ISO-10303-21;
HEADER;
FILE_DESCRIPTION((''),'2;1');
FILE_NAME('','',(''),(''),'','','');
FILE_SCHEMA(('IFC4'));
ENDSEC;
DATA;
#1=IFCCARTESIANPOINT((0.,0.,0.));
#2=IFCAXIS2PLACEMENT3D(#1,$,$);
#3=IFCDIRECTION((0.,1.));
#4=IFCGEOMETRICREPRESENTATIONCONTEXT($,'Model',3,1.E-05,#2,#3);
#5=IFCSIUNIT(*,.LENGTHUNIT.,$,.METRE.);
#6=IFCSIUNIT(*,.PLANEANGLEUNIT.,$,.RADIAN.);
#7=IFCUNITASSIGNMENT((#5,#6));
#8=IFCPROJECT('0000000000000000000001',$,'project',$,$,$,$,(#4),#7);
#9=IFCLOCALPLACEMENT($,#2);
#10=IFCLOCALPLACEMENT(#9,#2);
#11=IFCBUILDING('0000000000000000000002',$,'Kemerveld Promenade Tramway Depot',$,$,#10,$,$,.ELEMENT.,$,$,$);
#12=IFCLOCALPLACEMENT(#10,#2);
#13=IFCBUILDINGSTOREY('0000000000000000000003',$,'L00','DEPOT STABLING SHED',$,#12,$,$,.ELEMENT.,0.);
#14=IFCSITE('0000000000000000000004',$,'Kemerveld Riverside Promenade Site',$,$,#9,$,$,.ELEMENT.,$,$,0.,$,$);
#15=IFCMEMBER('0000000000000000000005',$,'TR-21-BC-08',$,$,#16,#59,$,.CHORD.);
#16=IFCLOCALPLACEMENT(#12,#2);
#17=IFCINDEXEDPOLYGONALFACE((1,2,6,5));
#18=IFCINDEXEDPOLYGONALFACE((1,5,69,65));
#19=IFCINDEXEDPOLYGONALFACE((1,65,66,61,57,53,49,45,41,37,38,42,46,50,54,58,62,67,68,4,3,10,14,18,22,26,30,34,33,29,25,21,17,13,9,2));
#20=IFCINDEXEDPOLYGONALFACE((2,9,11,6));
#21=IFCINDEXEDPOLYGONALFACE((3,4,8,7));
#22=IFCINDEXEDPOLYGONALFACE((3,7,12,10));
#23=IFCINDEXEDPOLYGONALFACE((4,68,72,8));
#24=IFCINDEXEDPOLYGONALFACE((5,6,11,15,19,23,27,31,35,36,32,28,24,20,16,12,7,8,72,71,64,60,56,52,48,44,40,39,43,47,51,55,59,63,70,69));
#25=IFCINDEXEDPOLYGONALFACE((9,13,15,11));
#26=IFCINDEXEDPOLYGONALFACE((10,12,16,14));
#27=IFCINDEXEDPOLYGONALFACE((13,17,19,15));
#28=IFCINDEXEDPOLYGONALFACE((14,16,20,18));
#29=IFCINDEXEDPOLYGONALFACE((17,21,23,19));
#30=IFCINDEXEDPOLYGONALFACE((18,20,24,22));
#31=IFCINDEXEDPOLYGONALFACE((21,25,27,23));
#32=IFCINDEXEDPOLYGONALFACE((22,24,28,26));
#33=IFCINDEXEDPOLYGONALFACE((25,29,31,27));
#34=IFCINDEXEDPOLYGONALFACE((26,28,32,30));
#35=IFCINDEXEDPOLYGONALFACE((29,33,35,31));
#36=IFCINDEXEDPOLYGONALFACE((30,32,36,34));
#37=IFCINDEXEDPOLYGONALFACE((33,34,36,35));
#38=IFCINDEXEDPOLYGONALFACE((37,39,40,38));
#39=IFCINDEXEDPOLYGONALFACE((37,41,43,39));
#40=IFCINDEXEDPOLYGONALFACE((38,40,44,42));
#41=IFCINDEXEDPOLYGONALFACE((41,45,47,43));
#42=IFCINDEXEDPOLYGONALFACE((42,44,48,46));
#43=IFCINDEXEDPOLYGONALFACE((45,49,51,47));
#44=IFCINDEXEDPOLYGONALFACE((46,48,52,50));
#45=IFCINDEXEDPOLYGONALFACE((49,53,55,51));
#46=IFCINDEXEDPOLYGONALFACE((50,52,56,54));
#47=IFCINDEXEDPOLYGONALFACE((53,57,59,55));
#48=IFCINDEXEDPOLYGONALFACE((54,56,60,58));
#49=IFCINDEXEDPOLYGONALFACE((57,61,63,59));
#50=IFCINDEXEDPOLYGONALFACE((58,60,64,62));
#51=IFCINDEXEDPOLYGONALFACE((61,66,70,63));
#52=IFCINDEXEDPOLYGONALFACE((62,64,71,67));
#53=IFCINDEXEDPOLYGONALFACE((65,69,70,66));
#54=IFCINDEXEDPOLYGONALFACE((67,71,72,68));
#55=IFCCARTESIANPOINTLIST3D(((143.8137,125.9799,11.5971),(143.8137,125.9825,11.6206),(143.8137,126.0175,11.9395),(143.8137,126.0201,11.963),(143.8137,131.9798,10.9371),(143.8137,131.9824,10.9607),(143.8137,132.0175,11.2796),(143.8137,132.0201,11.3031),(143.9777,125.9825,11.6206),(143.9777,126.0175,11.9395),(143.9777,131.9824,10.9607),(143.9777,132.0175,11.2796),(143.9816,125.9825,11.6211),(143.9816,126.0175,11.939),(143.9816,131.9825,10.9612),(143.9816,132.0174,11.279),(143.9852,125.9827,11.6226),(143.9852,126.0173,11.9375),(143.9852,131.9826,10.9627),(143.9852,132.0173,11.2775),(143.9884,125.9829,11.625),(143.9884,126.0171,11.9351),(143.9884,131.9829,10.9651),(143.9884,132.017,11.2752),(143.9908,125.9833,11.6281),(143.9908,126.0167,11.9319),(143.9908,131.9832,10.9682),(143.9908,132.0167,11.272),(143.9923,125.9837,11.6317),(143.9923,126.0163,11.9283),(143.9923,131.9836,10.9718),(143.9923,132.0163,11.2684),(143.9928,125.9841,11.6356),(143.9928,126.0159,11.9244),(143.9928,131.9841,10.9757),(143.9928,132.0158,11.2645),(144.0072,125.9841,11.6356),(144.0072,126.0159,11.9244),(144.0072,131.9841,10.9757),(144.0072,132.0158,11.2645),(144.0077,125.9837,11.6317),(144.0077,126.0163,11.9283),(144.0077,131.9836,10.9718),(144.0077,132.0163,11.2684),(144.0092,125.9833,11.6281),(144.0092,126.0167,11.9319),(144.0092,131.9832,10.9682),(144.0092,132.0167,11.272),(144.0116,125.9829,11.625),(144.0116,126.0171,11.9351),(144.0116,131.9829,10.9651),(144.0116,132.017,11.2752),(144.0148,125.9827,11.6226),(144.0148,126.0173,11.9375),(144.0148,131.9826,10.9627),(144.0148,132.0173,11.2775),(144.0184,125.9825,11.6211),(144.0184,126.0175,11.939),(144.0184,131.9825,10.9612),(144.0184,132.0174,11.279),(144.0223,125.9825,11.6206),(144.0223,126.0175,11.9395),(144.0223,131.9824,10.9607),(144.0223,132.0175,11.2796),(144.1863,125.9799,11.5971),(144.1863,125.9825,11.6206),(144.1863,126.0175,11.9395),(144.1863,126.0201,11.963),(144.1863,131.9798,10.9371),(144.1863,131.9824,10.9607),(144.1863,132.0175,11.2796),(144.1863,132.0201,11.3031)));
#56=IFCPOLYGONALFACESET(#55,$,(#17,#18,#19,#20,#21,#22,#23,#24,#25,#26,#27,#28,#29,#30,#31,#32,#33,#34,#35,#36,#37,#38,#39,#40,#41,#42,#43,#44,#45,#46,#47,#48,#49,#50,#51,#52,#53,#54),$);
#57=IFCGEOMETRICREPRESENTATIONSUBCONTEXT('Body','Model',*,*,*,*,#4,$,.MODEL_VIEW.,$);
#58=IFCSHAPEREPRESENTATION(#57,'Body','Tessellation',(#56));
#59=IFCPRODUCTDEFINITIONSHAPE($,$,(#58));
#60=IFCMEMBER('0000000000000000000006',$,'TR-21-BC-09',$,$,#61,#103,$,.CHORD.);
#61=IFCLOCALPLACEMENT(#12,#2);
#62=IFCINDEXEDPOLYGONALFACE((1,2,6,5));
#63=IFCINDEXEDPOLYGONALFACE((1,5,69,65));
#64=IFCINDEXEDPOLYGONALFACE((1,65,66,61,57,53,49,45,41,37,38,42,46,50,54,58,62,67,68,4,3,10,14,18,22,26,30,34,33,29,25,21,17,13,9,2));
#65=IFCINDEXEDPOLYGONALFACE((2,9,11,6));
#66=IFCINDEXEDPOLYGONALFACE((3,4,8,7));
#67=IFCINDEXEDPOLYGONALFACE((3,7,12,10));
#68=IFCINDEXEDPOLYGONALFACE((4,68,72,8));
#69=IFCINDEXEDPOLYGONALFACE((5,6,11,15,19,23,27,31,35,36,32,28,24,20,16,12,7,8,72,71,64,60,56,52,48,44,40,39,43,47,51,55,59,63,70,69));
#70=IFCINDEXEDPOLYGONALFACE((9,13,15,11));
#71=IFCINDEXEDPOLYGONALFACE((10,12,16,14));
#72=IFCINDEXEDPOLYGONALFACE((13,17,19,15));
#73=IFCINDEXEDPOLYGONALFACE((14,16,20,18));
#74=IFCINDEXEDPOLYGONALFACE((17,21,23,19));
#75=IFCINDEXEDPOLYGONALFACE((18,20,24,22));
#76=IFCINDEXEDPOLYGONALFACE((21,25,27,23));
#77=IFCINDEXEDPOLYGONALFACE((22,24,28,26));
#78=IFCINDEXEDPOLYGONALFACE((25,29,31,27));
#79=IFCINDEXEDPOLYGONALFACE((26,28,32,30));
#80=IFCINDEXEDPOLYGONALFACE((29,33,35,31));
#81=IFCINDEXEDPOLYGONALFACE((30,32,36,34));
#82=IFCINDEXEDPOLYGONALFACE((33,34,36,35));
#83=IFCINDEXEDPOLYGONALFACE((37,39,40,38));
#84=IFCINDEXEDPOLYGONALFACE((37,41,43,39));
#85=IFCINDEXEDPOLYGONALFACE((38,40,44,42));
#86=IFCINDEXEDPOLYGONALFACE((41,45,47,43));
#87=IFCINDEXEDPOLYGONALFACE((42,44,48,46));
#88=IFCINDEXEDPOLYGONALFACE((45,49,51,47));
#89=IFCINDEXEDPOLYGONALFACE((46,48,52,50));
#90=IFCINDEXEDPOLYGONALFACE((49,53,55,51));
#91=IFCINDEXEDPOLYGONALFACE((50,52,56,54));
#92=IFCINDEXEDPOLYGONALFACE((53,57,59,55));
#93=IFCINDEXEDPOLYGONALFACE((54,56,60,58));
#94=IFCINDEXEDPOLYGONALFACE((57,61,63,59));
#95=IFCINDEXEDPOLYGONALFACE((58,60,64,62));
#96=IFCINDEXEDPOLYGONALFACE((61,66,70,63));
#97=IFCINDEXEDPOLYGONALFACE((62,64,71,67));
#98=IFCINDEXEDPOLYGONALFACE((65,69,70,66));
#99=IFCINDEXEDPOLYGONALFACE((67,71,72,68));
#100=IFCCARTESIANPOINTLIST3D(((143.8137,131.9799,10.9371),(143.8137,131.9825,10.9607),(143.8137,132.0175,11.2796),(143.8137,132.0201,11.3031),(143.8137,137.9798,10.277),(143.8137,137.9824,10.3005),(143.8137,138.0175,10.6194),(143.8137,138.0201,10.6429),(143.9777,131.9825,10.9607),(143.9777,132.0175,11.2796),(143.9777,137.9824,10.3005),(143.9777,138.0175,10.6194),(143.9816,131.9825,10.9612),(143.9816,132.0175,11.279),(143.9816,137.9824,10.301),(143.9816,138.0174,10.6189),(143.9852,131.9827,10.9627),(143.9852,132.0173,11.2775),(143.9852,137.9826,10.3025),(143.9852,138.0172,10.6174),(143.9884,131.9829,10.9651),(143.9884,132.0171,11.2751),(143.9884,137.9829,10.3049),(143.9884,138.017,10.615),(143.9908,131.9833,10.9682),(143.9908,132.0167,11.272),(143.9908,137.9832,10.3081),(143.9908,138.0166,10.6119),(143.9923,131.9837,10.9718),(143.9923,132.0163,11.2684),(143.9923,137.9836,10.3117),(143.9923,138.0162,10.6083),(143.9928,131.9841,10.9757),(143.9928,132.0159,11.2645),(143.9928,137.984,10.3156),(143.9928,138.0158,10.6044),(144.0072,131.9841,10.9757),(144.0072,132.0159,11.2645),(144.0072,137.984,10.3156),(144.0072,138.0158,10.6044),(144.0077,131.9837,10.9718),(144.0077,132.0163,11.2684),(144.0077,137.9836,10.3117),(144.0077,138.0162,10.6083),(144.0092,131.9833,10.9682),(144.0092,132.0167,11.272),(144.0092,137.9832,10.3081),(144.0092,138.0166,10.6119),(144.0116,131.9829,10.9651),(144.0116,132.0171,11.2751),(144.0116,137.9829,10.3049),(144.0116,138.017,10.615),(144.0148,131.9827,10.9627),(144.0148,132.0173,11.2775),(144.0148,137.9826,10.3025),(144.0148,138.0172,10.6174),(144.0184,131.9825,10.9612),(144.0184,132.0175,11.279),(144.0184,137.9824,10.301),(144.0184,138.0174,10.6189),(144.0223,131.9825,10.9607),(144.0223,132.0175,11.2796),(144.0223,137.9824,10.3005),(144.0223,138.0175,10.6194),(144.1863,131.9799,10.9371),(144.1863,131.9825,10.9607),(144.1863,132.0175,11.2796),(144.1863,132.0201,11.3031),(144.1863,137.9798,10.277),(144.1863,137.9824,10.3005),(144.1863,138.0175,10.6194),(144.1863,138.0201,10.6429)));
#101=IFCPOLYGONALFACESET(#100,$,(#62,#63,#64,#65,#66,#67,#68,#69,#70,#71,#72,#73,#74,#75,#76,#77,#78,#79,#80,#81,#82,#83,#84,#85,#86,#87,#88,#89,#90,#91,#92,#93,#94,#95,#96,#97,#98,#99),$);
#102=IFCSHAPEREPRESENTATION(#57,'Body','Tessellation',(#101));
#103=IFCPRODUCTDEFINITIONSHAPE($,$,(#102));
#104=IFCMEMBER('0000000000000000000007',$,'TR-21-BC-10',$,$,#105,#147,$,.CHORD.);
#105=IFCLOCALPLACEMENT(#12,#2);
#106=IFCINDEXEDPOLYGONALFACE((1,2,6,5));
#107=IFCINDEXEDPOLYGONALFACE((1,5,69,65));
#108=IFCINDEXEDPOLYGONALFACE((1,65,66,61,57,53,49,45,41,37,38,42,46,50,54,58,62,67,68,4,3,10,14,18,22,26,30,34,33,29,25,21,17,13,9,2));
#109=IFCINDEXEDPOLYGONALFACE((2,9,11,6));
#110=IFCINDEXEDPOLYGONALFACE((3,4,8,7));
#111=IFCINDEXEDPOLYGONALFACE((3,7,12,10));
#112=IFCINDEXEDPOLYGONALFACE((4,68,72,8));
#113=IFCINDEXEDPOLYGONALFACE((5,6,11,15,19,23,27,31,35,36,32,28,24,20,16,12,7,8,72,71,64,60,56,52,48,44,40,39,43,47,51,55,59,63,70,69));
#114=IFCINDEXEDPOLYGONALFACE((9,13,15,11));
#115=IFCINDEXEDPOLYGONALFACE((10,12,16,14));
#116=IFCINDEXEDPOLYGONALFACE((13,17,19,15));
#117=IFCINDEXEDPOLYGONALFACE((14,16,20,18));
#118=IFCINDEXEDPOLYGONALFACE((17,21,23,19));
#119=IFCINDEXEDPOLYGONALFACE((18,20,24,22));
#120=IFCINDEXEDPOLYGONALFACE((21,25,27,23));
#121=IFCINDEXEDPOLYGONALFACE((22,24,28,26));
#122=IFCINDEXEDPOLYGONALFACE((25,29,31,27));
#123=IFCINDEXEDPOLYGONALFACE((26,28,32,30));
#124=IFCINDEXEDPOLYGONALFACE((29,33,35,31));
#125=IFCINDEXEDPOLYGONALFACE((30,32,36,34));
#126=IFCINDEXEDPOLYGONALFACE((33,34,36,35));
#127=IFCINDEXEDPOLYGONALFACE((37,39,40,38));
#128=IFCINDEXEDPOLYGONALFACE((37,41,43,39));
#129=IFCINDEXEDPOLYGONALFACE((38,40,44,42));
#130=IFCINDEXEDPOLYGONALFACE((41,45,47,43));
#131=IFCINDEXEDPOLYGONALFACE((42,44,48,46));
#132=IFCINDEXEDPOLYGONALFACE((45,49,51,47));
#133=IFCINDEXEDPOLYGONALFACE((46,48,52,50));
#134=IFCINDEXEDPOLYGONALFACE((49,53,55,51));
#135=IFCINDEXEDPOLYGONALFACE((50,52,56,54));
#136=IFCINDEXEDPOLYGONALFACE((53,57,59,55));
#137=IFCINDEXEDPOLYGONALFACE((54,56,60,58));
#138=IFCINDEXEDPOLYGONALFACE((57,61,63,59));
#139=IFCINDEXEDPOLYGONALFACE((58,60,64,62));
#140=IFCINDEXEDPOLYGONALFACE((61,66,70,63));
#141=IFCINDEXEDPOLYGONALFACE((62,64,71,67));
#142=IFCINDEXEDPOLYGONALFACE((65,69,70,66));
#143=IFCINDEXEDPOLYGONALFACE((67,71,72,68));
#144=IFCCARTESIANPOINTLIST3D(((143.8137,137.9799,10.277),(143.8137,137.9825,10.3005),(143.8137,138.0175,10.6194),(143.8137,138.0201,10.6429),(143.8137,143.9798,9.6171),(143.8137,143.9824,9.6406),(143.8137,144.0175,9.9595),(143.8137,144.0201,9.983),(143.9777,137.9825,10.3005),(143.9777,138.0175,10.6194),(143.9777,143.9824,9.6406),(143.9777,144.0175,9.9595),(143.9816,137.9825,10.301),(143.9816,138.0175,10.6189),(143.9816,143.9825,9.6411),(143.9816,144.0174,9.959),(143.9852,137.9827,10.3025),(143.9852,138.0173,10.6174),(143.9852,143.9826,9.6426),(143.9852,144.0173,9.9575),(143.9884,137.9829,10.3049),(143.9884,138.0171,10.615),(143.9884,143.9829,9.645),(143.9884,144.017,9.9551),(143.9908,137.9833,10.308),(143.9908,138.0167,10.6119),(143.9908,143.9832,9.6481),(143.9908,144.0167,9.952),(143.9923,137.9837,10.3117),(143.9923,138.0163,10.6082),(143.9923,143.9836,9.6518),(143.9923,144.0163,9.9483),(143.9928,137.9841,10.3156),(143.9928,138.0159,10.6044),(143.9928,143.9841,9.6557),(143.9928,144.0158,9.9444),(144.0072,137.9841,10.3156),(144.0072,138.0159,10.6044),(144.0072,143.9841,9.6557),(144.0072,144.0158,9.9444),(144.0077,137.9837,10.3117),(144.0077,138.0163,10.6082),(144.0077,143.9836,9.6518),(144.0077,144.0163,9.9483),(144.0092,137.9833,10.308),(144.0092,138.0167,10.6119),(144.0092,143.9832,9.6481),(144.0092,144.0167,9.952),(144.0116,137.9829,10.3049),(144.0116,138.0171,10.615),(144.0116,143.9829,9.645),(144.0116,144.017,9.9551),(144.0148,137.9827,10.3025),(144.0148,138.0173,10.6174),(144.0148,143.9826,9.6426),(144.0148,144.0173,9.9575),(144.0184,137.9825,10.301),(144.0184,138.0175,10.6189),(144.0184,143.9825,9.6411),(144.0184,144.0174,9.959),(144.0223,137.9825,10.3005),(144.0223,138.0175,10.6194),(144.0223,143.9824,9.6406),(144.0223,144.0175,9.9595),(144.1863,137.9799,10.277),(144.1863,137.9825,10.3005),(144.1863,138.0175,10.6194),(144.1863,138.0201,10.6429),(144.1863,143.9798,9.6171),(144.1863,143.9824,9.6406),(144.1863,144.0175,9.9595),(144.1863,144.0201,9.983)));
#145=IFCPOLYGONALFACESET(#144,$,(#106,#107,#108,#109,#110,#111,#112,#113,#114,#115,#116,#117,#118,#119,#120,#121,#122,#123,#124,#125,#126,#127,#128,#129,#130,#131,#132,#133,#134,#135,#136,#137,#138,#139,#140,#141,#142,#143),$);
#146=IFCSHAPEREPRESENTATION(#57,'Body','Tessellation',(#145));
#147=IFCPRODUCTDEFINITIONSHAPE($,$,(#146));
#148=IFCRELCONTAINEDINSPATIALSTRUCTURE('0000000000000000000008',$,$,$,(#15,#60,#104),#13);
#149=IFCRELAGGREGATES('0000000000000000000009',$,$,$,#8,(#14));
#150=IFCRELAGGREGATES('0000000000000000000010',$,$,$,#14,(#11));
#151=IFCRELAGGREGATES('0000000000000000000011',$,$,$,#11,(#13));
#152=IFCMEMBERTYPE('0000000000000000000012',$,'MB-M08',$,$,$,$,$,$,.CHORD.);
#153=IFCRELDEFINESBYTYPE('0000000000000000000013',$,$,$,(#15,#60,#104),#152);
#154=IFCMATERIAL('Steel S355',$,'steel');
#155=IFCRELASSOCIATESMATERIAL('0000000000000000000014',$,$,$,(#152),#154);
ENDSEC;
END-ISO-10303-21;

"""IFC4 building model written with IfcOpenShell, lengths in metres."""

from ifc_helpers import new_model, si_unit, direction, frame, origin, origin_2d, place, context, subcontext, project, spatial, i_section, extrude, material, material_profile, profile_set, type_object, element, save


model = new_model("IFC4")

# Units and contexts
model_context = context("Model", 3, precision=1e-05, world=origin(), true_north=direction((0.0, 1.0)))
body_context = subcontext(model_context, "Body", "Model", "MODEL_VIEW")
ifc_project = project(units=[si_unit("LENGTHUNIT", "METRE"), si_unit("PLANEANGLEUNIT", "RADIAN")], contexts=[model_context])

# Site, building, storey
site_placement = place(None, origin())
site = spatial("IfcSite", under=ifc_project, at=site_placement, Name="Kemerveld Riverside Promenade Site", CompositionType="ELEMENT", RefElevation=0.0)
building_placement = place(site_placement, origin())
building = spatial("IfcBuilding", under=site, at=building_placement, Name="Kemerveld Promenade Tramway Depot", CompositionType="ELEMENT")
storey_placement = place(building_placement, origin())
storey = spatial("IfcBuildingStorey", under=building, at=storey_placement, Name="L00", Description="DEPOT STABLING SHED", CompositionType="ELEMENT", Elevation=0.0)

# Members
ifc_material = material(Name="Steel S355", Category="steel")
ifc_material_profile_1 = material_profile(ifc_material, i_section(OverallWidth=0.3726, OverallDepth=0.3682, WebThickness=0.0144, FlangeThickness=0.0237, FilletRadius=0.0151, at=origin_2d()), Name="356x368x177 UC")
ifc_profile_set_1 = profile_set([ifc_material_profile_1], Name="Steel S355")
member_type_1 = type_object("IfcMemberType", Name="MB-M08", PredefinedType="CHORD", material=ifc_profile_set_1)
for number, where, z_axis, x_axis, name in (
    (1, (144.0, 126.0, 11.78), (0.0, 0.994006, -0.109326), (-1.0, 0.0, 0.0), "TR-21-BC-08"),
    (2, (144.0, 132.0, 11.1201), (0.0, 0.994002, -0.109366), (-1.0, 0.0, 0.0), "TR-21-BC-09"),
    (3, (144.0, 138.0, 10.46), (0.0, 0.994006, -0.109326), (-1.0, 0.0, 0.0), "TR-21-BC-10"),
):
    element("IfcMember", number, at=place(storey_placement, frame(where, z_axis=z_axis, x_axis=x_axis)), inside=storey, type_object=member_type_1, Name=name, PredefinedType="CHORD", context=body_context, shape_type="SweptSolid", body=[
        extrude(i_section(OverallWidth=0.3726, OverallDepth=0.3682, WebThickness=0.0144, FlangeThickness=0.0237, FilletRadius=0.0151, at=origin_2d()), origin(), (0.0, 0.0, 1.0), 6.0361),
    ])

save(model, "model.ifc")
